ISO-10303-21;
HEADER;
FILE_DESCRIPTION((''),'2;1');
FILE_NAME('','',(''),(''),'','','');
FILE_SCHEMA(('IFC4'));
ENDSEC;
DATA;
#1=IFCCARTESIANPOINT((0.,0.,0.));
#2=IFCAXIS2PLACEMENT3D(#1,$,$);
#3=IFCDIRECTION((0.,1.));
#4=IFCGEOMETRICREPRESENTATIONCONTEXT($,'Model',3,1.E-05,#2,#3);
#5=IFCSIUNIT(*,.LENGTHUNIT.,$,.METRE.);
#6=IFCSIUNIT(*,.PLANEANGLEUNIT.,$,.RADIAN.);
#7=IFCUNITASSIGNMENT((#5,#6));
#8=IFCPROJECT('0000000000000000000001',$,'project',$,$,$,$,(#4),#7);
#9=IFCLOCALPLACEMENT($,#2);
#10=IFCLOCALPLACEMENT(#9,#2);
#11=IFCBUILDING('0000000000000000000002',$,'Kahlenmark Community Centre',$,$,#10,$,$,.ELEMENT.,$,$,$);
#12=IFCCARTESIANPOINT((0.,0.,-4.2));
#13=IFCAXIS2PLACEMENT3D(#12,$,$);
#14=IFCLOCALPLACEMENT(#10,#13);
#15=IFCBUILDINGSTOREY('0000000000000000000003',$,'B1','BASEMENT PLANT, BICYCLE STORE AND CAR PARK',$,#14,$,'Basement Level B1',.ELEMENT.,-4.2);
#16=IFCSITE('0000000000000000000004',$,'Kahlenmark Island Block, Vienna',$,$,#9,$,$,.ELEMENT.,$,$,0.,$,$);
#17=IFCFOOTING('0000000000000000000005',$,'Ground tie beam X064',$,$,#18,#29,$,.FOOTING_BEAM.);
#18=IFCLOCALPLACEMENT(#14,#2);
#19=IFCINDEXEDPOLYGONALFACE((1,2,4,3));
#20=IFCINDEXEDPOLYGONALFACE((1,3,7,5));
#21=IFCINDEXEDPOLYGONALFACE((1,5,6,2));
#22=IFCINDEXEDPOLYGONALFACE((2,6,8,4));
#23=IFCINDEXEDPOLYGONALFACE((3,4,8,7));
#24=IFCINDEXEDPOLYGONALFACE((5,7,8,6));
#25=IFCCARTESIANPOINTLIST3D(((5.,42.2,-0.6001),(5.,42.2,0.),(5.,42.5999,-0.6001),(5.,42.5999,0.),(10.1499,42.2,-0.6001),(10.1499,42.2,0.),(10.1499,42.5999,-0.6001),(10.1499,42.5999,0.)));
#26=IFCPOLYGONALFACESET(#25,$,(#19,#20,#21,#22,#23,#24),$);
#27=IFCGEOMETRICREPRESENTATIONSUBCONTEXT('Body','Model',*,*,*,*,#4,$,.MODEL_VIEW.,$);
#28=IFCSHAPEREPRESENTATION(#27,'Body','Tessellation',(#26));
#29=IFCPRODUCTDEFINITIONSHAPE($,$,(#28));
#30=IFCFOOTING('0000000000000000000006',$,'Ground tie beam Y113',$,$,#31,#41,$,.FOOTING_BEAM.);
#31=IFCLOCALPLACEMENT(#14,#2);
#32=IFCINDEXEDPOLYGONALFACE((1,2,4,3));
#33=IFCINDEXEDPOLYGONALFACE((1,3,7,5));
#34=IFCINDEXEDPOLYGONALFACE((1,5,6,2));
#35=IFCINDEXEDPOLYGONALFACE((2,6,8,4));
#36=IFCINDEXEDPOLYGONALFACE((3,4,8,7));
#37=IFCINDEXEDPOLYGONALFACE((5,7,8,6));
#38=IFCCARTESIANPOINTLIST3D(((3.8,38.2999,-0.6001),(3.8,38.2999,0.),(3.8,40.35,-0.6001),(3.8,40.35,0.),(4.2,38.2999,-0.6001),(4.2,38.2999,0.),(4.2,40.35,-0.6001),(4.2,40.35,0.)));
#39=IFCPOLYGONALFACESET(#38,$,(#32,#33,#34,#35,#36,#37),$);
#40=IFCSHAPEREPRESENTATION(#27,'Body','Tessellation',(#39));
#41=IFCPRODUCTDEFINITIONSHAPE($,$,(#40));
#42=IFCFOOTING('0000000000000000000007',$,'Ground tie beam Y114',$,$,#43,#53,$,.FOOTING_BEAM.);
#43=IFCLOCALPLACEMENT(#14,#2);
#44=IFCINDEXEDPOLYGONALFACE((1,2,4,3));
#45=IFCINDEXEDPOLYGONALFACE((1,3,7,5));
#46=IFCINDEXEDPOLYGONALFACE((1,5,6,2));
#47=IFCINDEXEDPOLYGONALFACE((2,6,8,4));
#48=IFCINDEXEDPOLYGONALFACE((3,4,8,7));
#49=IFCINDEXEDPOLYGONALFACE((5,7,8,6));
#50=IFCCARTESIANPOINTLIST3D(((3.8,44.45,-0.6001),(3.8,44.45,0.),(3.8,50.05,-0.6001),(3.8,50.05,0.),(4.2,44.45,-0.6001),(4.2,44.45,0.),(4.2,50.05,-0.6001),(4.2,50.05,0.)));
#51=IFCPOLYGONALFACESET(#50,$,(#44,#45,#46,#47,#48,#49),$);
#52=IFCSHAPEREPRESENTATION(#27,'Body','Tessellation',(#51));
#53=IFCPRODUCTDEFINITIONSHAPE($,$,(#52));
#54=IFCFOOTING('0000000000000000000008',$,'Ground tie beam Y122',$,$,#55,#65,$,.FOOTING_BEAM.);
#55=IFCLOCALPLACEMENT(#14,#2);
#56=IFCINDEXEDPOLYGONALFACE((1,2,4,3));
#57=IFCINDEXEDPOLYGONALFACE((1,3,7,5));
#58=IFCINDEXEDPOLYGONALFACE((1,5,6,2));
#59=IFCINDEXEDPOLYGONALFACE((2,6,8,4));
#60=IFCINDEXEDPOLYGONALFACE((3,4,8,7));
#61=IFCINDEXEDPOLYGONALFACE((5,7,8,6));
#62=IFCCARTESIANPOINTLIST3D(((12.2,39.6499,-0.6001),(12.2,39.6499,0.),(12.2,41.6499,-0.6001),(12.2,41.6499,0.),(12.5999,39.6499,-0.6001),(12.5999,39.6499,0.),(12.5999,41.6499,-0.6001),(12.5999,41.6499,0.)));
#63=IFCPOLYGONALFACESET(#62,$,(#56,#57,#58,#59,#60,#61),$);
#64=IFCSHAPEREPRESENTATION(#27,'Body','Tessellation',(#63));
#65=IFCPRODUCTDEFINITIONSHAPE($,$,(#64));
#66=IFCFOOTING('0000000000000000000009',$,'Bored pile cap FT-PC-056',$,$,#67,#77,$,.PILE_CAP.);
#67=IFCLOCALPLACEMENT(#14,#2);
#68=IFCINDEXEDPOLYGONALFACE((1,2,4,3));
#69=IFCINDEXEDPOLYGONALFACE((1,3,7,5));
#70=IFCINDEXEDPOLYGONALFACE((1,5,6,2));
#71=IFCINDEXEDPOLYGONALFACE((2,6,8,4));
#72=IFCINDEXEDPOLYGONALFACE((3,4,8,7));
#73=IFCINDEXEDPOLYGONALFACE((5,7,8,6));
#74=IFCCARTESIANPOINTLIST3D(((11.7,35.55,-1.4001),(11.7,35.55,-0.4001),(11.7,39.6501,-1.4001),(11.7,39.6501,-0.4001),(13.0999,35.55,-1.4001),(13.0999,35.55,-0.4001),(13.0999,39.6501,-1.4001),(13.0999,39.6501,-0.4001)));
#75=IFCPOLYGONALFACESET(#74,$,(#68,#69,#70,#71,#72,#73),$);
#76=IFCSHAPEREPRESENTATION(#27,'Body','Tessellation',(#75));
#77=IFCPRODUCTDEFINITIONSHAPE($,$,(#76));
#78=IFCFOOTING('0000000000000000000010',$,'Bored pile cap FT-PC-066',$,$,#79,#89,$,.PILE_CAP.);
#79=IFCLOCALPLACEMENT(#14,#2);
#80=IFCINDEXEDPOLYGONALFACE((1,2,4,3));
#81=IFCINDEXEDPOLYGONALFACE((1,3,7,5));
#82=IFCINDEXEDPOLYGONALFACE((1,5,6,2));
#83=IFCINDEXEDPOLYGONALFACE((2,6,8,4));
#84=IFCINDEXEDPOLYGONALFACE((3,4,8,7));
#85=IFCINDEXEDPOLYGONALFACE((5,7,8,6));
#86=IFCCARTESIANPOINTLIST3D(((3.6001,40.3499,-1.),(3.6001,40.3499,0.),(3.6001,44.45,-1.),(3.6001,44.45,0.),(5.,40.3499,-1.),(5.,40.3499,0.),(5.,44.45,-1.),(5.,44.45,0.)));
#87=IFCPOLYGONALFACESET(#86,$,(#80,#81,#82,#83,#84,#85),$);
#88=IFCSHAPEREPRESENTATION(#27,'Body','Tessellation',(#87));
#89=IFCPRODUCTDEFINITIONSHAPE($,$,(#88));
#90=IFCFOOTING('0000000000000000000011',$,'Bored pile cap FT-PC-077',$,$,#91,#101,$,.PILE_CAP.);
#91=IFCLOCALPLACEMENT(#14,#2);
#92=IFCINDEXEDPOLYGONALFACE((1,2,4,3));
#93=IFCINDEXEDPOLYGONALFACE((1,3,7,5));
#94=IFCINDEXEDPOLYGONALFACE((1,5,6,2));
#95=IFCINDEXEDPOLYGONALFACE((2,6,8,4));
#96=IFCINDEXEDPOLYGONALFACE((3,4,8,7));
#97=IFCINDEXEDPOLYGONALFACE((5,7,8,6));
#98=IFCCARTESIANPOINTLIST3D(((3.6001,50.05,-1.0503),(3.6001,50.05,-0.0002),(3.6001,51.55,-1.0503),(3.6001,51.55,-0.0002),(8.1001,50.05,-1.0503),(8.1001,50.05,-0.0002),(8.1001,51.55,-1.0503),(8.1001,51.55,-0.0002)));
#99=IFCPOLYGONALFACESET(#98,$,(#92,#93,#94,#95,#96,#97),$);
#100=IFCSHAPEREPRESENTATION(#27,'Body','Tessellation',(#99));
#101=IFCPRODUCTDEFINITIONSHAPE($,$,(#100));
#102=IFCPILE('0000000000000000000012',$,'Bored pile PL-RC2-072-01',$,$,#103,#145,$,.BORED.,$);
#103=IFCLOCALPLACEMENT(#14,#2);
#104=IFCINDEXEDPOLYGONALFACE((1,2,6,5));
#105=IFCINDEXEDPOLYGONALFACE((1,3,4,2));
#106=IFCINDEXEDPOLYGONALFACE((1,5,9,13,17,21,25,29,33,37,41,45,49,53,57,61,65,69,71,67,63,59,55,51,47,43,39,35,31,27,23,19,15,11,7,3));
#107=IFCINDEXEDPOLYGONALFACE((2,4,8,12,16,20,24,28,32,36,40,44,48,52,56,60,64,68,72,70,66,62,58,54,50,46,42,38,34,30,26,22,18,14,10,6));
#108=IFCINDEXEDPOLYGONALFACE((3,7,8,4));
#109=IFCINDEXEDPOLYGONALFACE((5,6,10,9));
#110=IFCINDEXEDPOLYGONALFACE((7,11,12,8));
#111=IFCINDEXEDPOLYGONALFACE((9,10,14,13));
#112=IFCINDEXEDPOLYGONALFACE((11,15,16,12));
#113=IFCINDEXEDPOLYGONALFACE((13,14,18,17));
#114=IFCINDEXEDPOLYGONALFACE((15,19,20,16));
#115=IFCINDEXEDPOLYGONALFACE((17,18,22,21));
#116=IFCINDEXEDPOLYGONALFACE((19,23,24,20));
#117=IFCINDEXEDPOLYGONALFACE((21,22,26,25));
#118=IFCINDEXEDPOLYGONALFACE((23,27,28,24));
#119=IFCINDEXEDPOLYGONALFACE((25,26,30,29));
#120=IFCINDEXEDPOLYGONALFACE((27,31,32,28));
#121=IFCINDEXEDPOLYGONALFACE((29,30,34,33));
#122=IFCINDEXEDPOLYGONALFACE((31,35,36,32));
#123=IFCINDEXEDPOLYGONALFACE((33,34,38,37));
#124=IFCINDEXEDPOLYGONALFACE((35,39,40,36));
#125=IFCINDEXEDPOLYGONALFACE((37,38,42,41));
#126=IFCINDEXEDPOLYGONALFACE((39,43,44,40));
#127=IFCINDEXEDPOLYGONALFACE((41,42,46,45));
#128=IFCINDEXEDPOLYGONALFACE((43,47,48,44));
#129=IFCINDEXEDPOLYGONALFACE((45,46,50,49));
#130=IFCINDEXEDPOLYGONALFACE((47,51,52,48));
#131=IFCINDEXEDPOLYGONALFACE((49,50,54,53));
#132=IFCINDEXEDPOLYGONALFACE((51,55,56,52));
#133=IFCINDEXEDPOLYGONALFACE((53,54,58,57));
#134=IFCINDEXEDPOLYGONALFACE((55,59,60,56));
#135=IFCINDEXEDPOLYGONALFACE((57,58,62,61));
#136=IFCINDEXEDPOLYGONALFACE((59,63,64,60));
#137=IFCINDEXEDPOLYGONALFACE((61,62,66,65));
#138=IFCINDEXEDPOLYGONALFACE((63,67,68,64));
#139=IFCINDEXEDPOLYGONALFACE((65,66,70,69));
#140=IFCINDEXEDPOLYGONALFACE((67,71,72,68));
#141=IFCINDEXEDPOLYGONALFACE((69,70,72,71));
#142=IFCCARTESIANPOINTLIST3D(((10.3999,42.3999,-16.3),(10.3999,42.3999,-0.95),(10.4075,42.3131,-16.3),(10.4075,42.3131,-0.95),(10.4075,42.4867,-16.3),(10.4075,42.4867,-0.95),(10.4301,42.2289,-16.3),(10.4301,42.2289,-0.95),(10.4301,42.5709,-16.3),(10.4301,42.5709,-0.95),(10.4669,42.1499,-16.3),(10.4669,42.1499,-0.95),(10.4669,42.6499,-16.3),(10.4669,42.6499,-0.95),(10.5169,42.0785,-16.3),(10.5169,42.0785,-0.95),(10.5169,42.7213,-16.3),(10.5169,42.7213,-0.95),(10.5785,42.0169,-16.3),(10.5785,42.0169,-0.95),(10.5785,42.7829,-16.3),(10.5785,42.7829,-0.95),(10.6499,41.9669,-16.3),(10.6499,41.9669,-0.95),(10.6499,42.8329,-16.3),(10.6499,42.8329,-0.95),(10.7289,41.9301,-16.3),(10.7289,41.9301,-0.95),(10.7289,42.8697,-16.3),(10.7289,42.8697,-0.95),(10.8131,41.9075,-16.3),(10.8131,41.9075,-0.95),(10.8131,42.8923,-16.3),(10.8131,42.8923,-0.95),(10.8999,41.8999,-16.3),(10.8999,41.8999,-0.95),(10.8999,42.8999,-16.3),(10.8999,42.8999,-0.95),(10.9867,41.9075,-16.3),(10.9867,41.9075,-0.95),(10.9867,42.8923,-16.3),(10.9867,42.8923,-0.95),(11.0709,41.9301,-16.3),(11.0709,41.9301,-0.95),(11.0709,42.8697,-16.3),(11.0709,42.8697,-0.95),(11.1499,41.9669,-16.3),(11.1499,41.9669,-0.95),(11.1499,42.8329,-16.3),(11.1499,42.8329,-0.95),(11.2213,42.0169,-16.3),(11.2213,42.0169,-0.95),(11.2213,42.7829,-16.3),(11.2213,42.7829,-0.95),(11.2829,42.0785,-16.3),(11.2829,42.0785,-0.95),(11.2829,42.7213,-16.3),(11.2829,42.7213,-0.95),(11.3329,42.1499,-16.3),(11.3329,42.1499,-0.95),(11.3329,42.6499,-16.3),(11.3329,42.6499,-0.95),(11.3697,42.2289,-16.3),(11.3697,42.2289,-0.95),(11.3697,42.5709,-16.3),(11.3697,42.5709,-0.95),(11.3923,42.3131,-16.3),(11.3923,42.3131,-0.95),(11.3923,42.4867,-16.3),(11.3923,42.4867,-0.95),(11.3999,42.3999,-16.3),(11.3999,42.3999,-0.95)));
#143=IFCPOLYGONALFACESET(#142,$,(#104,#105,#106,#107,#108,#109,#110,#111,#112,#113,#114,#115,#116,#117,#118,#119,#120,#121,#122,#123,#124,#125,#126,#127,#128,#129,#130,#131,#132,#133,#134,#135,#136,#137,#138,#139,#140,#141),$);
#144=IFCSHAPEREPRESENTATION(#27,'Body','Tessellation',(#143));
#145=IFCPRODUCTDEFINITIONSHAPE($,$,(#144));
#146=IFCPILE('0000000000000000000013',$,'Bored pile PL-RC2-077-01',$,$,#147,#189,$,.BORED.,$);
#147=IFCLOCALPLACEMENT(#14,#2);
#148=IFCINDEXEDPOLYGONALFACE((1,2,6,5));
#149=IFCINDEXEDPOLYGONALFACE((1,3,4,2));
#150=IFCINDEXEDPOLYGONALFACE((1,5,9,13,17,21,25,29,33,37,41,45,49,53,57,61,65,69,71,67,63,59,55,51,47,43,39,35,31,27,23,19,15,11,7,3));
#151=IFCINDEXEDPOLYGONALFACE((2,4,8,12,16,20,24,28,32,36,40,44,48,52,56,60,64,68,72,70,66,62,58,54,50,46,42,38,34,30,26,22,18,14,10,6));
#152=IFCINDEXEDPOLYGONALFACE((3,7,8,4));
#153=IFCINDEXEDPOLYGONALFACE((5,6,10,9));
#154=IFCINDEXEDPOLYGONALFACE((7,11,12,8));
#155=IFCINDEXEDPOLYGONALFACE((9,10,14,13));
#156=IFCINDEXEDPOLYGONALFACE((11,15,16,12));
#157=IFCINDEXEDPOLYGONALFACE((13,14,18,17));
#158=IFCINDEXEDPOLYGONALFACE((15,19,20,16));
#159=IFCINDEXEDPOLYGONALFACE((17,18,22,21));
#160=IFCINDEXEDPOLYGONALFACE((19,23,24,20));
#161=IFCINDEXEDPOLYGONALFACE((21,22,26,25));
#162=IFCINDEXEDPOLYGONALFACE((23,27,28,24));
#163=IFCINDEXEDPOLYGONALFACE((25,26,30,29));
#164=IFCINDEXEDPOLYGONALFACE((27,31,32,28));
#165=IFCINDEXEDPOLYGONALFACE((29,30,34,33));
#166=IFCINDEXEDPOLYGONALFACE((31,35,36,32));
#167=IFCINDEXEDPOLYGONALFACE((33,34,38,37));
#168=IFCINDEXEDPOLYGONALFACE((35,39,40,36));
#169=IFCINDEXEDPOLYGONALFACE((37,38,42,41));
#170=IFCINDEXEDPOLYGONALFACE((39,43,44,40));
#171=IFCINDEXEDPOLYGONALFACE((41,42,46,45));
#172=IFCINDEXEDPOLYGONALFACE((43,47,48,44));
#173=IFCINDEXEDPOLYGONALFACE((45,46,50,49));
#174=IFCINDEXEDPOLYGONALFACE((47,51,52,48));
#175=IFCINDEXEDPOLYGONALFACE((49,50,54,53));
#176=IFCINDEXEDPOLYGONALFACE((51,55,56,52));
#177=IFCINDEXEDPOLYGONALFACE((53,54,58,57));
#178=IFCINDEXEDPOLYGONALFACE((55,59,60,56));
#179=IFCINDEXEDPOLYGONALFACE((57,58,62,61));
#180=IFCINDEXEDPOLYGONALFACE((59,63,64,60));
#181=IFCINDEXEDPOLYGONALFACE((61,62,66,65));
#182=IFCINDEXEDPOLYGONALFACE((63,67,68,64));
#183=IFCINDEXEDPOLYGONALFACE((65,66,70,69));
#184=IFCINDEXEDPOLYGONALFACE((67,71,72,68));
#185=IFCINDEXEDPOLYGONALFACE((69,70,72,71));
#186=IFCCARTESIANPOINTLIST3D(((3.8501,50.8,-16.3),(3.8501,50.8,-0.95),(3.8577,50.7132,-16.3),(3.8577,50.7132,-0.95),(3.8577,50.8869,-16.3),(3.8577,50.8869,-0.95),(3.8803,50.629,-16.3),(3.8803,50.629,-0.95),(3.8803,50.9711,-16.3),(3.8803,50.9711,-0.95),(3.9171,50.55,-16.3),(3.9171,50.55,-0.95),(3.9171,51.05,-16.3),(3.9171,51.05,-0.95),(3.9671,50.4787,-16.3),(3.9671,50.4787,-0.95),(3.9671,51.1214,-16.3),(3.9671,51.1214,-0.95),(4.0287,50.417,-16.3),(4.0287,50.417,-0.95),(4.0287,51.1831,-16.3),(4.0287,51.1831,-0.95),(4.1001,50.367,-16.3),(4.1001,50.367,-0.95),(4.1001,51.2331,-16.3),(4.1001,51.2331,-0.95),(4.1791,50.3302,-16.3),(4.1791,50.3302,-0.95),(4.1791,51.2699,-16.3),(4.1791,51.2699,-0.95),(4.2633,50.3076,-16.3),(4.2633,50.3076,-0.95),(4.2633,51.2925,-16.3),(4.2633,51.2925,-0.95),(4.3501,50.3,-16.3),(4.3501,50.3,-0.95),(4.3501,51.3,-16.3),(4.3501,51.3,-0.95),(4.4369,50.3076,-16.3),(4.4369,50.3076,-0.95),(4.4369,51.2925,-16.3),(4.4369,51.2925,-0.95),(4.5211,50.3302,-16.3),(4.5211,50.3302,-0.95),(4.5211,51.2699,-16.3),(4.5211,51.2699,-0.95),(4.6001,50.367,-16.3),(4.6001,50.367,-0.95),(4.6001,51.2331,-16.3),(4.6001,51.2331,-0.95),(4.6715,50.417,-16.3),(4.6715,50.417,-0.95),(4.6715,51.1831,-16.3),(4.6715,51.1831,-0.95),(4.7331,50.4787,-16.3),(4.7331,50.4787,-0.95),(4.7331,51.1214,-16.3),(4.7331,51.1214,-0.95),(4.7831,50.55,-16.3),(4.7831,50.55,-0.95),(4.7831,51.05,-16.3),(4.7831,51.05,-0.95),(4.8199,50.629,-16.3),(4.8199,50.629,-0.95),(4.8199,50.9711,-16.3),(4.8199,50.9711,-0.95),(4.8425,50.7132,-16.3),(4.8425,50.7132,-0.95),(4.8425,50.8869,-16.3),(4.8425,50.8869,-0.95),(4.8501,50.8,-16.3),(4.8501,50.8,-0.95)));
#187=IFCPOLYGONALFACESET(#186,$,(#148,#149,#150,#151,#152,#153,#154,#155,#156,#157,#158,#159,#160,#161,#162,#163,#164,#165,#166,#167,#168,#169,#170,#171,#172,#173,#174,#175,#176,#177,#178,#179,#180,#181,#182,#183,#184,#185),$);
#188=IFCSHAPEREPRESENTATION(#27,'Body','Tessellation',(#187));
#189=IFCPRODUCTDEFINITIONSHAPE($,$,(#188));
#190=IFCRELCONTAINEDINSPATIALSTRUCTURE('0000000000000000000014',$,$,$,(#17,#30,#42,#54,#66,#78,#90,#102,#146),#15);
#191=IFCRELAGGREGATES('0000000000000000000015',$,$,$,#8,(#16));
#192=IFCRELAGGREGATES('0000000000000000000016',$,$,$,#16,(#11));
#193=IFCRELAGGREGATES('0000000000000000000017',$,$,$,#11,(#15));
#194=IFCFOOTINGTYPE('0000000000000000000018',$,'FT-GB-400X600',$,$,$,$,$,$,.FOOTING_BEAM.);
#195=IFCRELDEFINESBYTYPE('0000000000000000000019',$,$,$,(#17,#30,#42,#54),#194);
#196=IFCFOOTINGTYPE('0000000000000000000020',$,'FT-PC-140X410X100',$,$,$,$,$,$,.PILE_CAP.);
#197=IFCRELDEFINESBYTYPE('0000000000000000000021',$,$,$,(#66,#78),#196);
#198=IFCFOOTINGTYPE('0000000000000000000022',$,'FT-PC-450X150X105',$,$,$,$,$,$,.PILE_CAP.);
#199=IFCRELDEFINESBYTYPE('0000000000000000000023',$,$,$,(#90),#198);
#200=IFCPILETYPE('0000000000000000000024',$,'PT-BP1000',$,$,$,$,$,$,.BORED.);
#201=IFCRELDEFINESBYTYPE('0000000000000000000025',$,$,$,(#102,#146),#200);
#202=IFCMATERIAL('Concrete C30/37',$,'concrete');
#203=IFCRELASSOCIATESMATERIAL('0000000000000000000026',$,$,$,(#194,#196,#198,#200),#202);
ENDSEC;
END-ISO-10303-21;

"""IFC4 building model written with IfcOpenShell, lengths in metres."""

from ifc_helpers import new_model, si_unit, direction, frame, origin, origin_2d, place, context, subcontext, project, spatial, rectangle, circle, extrude, material, material_profile, profile_set, type_object, element, save


model = new_model("IFC4")

# Units and contexts
model_context = context("Model", 3, precision=1e-05, world=origin(), true_north=direction((0.0, 1.0)))
body_context = subcontext(model_context, "Body", "Model", "MODEL_VIEW")
ifc_project = project(units=[si_unit("LENGTHUNIT", "METRE"), si_unit("PLANEANGLEUNIT", "RADIAN")], contexts=[model_context])

# Site, building, storey
site_placement = place(None, origin())
site = spatial("IfcSite", under=ifc_project, at=site_placement, Name="Kahlenmark Island Block, Vienna", CompositionType="ELEMENT", RefElevation=0.0)
building_placement = place(site_placement, origin())
building = spatial("IfcBuilding", under=site, at=building_placement, Name="Kahlenmark Community Centre", CompositionType="ELEMENT")
storey_placement = place(building_placement, frame((0.0, 0.0, -4.2)))
storey = spatial("IfcBuildingStorey", under=building, at=storey_placement, Name="B1", Description="BASEMENT PLANT, BICYCLE STORE AND CAR PARK", LongName="Basement Level B1", CompositionType="ELEMENT", Elevation=-4.2)

# Footings
ifc_material_1 = material(Name="Concrete C30/37", Category="concrete")
footing_type_1 = type_object("IfcFootingType", Name="FT-GB-400X600", PredefinedType="FOOTING_BEAM", material=ifc_material_1)
footing_1_placement = place(storey_placement, frame((7.575, 42.3999, -0.6001), z_axis=(0.0, 0.0, 1.0), x_axis=(1.0, 0.0, 0.0)))
element("IfcFooting", 1, at=footing_1_placement, inside=storey, type_object=footing_type_1, Name="Ground tie beam X064", PredefinedType="FOOTING_BEAM", context=body_context, shape_type="SweptSolid", body=[
    extrude(rectangle(XDim=5.1499, YDim=0.3999, at=origin_2d()), origin(), (0.0, 0.0, 1.0), 0.6001),
])
footing_2_placement = place(storey_placement, frame((4.0, 39.325, -0.6001), z_axis=(0.0, 0.0, 1.0), x_axis=(1.0, 0.0, 0.0)))
element("IfcFooting", 2, at=footing_2_placement, inside=storey, type_object=footing_type_1, Name="Ground tie beam Y113", PredefinedType="FOOTING_BEAM", context=body_context, shape_type="SweptSolid", body=[
    extrude(rectangle(XDim=0.3999, YDim=2.05, at=origin_2d()), origin(), (0.0, 0.0, 1.0), 0.6001),
])
footing_3_placement = place(storey_placement, frame((4.0, 47.25, -0.6001), z_axis=(0.0, 0.0, 1.0), x_axis=(1.0, 0.0, 0.0)))
element("IfcFooting", 3, at=footing_3_placement, inside=storey, type_object=footing_type_1, Name="Ground tie beam Y114", PredefinedType="FOOTING_BEAM", context=body_context, shape_type="SweptSolid", body=[
    extrude(rectangle(XDim=0.3999, YDim=5.6001, at=origin_2d()), origin(), (0.0, 0.0, 1.0), 0.6001),
])
footing_4_placement = place(storey_placement, frame((12.3999, 40.6499, -0.6001), z_axis=(0.0, 0.0, 1.0), x_axis=(1.0, 0.0, 0.0)))
element("IfcFooting", 4, at=footing_4_placement, inside=storey, type_object=footing_type_1, Name="Ground tie beam Y122", PredefinedType="FOOTING_BEAM", context=body_context, shape_type="SweptSolid", body=[
    extrude(rectangle(XDim=0.3999, YDim=2.0, at=origin_2d()), origin(), (0.0, 0.0, 1.0), 0.6001),
])
footing_type_2 = type_object("IfcFootingType", Name="FT-PC-140X410X100", PredefinedType="PILE_CAP", material=ifc_material_1)
for number, where, z_axis, x_axis, name in (
    (5, (12.3999, 37.6001, -1.4001), (0.0, 0.0, 1.0), (1.0, 0.0, 0.0), "Bored pile cap FT-PC-056"),
    (6, (4.3, 42.3999, -1.0), (0.0, 0.0, 1.0), (1.0, 0.0, 0.0), "Bored pile cap FT-PC-066"),
):
    element("IfcFooting", number, at=place(storey_placement, frame(where, z_axis=z_axis, x_axis=x_axis)), inside=storey, type_object=footing_type_2, Name=name, PredefinedType="PILE_CAP", context=body_context, shape_type="SweptSolid", body=[
        extrude(rectangle(XDim=1.3999, YDim=4.1001, at=origin_2d()), origin(), (0.0, 0.0, 1.0), 1.0),
    ])
footing_type_3 = type_object("IfcFootingType", Name="FT-PC-450X150X105", PredefinedType="PILE_CAP", material=ifc_material_1)
footing_5_placement = place(storey_placement, frame((5.8501, 50.8, -1.0503), z_axis=(0.0, 0.0, 1.0), x_axis=(1.0, 0.0, 0.0)))
element("IfcFooting", 7, at=footing_5_placement, inside=storey, type_object=footing_type_3, Name="Bored pile cap FT-PC-077", PredefinedType="PILE_CAP", context=body_context, shape_type="SweptSolid", body=[
    extrude(rectangle(XDim=4.5, YDim=1.5, at=origin_2d()), origin(), (0.0, 0.0, 1.0), 1.05),
])

# Piles
ifc_material_profile_1 = material_profile(ifc_material_1, circle(Radius=0.5, at=origin_2d()), Name="BORED PILE 1000")
ifc_profile_set_1 = profile_set([ifc_material_profile_1], Name="Concrete C30/37")
pile_type_1 = type_object("IfcPileType", Name="PT-BP1000", PredefinedType="BORED", material=ifc_profile_set_1)
for number, where, z_axis, x_axis, name in (
    (8, (10.8999, 42.3999, -0.95), (0.0, 0.0, -1.0), (1.0, 0.0, 0.0), "Bored pile PL-RC2-072-01"),
    (9, (4.3501, 50.8, -0.95), (0.0, 0.0, -1.0), (1.0, 0.0, 0.0), "Bored pile PL-RC2-077-01"),
):
    element("IfcPile", number, at=place(storey_placement, frame(where, z_axis=z_axis, x_axis=x_axis)), inside=storey, type_object=pile_type_1, Name=name, PredefinedType="BORED", context=body_context, shape_type="SweptSolid", body=[
        extrude(circle(Radius=0.5, at=origin_2d()), origin(), (0.0, 0.0, 1.0), 15.3501),
    ])

save(model, "model.ifc")
